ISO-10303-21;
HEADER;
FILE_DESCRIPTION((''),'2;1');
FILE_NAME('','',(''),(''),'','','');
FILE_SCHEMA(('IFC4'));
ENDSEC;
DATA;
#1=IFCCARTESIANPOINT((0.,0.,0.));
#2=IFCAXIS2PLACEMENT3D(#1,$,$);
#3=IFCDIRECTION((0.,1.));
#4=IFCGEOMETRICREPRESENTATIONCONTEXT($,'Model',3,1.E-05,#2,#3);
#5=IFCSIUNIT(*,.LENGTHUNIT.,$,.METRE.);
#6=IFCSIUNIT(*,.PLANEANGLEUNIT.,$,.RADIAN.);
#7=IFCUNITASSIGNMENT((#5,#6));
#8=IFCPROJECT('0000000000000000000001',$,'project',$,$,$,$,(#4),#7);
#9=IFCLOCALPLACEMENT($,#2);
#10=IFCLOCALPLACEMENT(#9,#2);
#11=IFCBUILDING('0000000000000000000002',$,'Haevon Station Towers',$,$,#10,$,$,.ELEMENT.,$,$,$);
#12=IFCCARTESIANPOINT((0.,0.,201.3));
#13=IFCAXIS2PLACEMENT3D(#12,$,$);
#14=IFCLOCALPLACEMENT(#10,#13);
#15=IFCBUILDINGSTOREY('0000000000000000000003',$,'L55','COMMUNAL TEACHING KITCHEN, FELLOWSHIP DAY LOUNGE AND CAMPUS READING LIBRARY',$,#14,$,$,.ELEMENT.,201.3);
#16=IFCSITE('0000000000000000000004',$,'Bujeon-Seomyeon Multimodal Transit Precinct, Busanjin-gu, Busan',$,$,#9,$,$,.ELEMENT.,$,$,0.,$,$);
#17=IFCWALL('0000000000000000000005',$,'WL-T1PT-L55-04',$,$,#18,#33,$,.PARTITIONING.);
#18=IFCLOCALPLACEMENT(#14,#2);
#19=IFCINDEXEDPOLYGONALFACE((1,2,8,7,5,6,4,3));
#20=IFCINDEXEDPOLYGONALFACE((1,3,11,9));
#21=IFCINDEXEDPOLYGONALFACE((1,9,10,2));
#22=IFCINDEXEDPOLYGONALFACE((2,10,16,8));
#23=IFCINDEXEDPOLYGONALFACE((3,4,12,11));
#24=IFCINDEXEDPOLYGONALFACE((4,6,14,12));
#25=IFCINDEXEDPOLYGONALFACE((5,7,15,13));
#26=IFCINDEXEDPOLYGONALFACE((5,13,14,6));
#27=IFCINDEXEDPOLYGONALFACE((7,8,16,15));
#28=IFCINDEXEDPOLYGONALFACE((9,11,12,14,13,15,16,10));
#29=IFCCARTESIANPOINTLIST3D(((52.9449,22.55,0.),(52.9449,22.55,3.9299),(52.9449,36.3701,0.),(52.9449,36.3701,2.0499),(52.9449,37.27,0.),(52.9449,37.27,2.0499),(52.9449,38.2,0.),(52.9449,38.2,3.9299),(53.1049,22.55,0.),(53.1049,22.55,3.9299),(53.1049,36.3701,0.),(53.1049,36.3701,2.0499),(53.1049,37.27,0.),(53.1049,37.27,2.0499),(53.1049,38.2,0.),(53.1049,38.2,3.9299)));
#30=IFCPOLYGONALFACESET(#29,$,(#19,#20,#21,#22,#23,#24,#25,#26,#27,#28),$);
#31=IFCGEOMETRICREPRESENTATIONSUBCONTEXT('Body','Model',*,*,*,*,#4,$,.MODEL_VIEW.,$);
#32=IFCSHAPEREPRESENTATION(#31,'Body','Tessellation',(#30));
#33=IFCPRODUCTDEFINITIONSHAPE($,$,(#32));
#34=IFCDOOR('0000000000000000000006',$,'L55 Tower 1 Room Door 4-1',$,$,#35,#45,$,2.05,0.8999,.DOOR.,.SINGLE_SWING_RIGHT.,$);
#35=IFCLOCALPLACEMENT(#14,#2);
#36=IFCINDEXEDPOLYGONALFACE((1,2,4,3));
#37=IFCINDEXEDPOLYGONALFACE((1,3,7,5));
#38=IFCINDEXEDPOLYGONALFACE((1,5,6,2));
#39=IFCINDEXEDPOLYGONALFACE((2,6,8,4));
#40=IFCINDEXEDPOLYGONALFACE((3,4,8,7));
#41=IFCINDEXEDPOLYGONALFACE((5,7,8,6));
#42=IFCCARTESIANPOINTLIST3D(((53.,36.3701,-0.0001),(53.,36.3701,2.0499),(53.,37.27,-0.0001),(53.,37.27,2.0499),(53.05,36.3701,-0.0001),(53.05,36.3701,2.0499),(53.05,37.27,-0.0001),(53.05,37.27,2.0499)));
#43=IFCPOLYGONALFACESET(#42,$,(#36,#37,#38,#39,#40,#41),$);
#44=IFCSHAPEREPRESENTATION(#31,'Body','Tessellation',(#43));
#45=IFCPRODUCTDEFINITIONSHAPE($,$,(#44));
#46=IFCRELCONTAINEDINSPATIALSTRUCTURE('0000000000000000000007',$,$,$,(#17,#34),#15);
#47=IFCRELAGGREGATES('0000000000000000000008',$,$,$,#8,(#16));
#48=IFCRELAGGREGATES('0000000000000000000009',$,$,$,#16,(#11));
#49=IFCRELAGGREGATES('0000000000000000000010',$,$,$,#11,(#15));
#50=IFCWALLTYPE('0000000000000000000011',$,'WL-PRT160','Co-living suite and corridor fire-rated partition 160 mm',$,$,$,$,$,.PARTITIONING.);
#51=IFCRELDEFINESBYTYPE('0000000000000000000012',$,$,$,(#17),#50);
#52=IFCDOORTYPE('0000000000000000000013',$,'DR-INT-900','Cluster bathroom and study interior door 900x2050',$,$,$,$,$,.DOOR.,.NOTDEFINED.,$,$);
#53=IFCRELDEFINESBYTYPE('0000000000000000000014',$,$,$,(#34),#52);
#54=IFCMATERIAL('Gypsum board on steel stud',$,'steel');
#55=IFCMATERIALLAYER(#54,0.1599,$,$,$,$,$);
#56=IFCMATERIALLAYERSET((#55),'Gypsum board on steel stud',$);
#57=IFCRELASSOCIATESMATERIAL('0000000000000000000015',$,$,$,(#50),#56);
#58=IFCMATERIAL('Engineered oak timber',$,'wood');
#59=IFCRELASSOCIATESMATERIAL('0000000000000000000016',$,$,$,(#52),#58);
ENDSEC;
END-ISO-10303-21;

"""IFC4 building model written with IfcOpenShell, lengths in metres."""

from ifc_helpers import new_model, si_unit, direction, frame, frame_2d, origin, place, context, subcontext, project, spatial, rectangle, extrude, material, layer, layer_set, type_object, element, fill, save


model = new_model("IFC4")

# Units and contexts
model_context = context("Model", 3, precision=1e-05, world=origin(), true_north=direction((0.0, 1.0)))
body_context = subcontext(model_context, "Body", "Model", "MODEL_VIEW")
ifc_project = project(units=[si_unit("LENGTHUNIT", "METRE"), si_unit("PLANEANGLEUNIT", "RADIAN")], contexts=[model_context])

# Site, building, storey
site_placement = place(None, origin())
site = spatial("IfcSite", under=ifc_project, at=site_placement, Name="Bujeon-Seomyeon Multimodal Transit Precinct, Busanjin-gu, Busan", CompositionType="ELEMENT", RefElevation=0.0)
building_placement = place(site_placement, origin())
building = spatial("IfcBuilding", under=site, at=building_placement, Name="Haevon Station Towers", CompositionType="ELEMENT")
storey_placement = place(building_placement, frame((0.0, 0.0, 201.3)))
storey = spatial("IfcBuildingStorey", under=building, at=storey_placement, Name="L55", Description="COMMUNAL TEACHING KITCHEN, FELLOWSHIP DAY LOUNGE AND CAMPUS READING LIBRARY", CompositionType="ELEMENT", Elevation=201.3)

# Wall, opening, door
ifc_material_1 = material(Name="Gypsum board on steel stud", Category="steel")
ifc_layer_1 = layer(ifc_material_1, 0.1599)
ifc_layer_set_1 = layer_set([ifc_layer_1], Name="Gypsum board on steel stud")
wall_type_1 = type_object("IfcWallType", Name="WL-PRT160", Description="Co-living suite and corridor fire-rated partition 160 mm", PredefinedType="PARTITIONING", material=ifc_layer_set_1)
wall_1_placement = place(storey_placement, frame((53.0249, 22.55, 0.0), z_axis=(0.0, 0.0, 1.0), x_axis=(0.0, 1.0, 0.0)))
wall_1 = element("IfcWall", 1, at=wall_1_placement, inside=storey, type_object=wall_type_1, Name="WL-T1PT-L55-04", PredefinedType="PARTITIONING", context=body_context, shape_type="SweptSolid", body=[
    extrude(rectangle(XDim=15.6499, YDim=0.1599, at=frame_2d((7.825, 0.0))), origin(), (0.0, 0.0, 1.0), 3.9299),
])
opening_1_placement = place(wall_1_placement, frame((13.8201, 0.0, 0.0)))
opening_1 = element("IfcOpeningElement", 2, at=opening_1_placement, cuts=wall_1, PredefinedType="OPENING", context=body_context, shape_type="SweptSolid", body=[
    extrude(rectangle(XDim=0.8999, YDim=2.05, at=frame_2d((0.45, 1.0249))), frame((0.0, 0.0898, 0.0), z_axis=(0.0, -1.0, 0.0), x_axis=(1.0, 0.0, 0.0)), (0.0, 0.0, 1.0), 0.1799),
])
ifc_material_2 = material(Name="Engineered oak timber", Category="wood")
door_type = type_object("IfcDoorType", Name="DR-INT-900", Description="Cluster bathroom and study interior door 900x2050", OperationType="NOTDEFINED", PredefinedType="DOOR", material=ifc_material_2)
door_placement = place(opening_1_placement, origin())
door = element("IfcDoor", 3, at=door_placement, inside=storey, type_object=door_type, Name="L55 Tower 1 Room Door 4-1", OperationType="SINGLE_SWING_RIGHT", OverallHeight=2.05, OverallWidth=0.8999, PredefinedType="DOOR", context=body_context, shape_type="SweptSolid", body=[
    extrude(rectangle(XDim=0.8999, YDim=2.05, at=frame_2d((0.45, 1.0249))), frame((0.0, 0.0249, 0.0), z_axis=(0.0, -1.0, 0.0), x_axis=(1.0, 0.0, 0.0)), (0.0, 0.0, 1.0), 0.05),
])
fill(opening_1, door)

save(model, "model.ifc")
